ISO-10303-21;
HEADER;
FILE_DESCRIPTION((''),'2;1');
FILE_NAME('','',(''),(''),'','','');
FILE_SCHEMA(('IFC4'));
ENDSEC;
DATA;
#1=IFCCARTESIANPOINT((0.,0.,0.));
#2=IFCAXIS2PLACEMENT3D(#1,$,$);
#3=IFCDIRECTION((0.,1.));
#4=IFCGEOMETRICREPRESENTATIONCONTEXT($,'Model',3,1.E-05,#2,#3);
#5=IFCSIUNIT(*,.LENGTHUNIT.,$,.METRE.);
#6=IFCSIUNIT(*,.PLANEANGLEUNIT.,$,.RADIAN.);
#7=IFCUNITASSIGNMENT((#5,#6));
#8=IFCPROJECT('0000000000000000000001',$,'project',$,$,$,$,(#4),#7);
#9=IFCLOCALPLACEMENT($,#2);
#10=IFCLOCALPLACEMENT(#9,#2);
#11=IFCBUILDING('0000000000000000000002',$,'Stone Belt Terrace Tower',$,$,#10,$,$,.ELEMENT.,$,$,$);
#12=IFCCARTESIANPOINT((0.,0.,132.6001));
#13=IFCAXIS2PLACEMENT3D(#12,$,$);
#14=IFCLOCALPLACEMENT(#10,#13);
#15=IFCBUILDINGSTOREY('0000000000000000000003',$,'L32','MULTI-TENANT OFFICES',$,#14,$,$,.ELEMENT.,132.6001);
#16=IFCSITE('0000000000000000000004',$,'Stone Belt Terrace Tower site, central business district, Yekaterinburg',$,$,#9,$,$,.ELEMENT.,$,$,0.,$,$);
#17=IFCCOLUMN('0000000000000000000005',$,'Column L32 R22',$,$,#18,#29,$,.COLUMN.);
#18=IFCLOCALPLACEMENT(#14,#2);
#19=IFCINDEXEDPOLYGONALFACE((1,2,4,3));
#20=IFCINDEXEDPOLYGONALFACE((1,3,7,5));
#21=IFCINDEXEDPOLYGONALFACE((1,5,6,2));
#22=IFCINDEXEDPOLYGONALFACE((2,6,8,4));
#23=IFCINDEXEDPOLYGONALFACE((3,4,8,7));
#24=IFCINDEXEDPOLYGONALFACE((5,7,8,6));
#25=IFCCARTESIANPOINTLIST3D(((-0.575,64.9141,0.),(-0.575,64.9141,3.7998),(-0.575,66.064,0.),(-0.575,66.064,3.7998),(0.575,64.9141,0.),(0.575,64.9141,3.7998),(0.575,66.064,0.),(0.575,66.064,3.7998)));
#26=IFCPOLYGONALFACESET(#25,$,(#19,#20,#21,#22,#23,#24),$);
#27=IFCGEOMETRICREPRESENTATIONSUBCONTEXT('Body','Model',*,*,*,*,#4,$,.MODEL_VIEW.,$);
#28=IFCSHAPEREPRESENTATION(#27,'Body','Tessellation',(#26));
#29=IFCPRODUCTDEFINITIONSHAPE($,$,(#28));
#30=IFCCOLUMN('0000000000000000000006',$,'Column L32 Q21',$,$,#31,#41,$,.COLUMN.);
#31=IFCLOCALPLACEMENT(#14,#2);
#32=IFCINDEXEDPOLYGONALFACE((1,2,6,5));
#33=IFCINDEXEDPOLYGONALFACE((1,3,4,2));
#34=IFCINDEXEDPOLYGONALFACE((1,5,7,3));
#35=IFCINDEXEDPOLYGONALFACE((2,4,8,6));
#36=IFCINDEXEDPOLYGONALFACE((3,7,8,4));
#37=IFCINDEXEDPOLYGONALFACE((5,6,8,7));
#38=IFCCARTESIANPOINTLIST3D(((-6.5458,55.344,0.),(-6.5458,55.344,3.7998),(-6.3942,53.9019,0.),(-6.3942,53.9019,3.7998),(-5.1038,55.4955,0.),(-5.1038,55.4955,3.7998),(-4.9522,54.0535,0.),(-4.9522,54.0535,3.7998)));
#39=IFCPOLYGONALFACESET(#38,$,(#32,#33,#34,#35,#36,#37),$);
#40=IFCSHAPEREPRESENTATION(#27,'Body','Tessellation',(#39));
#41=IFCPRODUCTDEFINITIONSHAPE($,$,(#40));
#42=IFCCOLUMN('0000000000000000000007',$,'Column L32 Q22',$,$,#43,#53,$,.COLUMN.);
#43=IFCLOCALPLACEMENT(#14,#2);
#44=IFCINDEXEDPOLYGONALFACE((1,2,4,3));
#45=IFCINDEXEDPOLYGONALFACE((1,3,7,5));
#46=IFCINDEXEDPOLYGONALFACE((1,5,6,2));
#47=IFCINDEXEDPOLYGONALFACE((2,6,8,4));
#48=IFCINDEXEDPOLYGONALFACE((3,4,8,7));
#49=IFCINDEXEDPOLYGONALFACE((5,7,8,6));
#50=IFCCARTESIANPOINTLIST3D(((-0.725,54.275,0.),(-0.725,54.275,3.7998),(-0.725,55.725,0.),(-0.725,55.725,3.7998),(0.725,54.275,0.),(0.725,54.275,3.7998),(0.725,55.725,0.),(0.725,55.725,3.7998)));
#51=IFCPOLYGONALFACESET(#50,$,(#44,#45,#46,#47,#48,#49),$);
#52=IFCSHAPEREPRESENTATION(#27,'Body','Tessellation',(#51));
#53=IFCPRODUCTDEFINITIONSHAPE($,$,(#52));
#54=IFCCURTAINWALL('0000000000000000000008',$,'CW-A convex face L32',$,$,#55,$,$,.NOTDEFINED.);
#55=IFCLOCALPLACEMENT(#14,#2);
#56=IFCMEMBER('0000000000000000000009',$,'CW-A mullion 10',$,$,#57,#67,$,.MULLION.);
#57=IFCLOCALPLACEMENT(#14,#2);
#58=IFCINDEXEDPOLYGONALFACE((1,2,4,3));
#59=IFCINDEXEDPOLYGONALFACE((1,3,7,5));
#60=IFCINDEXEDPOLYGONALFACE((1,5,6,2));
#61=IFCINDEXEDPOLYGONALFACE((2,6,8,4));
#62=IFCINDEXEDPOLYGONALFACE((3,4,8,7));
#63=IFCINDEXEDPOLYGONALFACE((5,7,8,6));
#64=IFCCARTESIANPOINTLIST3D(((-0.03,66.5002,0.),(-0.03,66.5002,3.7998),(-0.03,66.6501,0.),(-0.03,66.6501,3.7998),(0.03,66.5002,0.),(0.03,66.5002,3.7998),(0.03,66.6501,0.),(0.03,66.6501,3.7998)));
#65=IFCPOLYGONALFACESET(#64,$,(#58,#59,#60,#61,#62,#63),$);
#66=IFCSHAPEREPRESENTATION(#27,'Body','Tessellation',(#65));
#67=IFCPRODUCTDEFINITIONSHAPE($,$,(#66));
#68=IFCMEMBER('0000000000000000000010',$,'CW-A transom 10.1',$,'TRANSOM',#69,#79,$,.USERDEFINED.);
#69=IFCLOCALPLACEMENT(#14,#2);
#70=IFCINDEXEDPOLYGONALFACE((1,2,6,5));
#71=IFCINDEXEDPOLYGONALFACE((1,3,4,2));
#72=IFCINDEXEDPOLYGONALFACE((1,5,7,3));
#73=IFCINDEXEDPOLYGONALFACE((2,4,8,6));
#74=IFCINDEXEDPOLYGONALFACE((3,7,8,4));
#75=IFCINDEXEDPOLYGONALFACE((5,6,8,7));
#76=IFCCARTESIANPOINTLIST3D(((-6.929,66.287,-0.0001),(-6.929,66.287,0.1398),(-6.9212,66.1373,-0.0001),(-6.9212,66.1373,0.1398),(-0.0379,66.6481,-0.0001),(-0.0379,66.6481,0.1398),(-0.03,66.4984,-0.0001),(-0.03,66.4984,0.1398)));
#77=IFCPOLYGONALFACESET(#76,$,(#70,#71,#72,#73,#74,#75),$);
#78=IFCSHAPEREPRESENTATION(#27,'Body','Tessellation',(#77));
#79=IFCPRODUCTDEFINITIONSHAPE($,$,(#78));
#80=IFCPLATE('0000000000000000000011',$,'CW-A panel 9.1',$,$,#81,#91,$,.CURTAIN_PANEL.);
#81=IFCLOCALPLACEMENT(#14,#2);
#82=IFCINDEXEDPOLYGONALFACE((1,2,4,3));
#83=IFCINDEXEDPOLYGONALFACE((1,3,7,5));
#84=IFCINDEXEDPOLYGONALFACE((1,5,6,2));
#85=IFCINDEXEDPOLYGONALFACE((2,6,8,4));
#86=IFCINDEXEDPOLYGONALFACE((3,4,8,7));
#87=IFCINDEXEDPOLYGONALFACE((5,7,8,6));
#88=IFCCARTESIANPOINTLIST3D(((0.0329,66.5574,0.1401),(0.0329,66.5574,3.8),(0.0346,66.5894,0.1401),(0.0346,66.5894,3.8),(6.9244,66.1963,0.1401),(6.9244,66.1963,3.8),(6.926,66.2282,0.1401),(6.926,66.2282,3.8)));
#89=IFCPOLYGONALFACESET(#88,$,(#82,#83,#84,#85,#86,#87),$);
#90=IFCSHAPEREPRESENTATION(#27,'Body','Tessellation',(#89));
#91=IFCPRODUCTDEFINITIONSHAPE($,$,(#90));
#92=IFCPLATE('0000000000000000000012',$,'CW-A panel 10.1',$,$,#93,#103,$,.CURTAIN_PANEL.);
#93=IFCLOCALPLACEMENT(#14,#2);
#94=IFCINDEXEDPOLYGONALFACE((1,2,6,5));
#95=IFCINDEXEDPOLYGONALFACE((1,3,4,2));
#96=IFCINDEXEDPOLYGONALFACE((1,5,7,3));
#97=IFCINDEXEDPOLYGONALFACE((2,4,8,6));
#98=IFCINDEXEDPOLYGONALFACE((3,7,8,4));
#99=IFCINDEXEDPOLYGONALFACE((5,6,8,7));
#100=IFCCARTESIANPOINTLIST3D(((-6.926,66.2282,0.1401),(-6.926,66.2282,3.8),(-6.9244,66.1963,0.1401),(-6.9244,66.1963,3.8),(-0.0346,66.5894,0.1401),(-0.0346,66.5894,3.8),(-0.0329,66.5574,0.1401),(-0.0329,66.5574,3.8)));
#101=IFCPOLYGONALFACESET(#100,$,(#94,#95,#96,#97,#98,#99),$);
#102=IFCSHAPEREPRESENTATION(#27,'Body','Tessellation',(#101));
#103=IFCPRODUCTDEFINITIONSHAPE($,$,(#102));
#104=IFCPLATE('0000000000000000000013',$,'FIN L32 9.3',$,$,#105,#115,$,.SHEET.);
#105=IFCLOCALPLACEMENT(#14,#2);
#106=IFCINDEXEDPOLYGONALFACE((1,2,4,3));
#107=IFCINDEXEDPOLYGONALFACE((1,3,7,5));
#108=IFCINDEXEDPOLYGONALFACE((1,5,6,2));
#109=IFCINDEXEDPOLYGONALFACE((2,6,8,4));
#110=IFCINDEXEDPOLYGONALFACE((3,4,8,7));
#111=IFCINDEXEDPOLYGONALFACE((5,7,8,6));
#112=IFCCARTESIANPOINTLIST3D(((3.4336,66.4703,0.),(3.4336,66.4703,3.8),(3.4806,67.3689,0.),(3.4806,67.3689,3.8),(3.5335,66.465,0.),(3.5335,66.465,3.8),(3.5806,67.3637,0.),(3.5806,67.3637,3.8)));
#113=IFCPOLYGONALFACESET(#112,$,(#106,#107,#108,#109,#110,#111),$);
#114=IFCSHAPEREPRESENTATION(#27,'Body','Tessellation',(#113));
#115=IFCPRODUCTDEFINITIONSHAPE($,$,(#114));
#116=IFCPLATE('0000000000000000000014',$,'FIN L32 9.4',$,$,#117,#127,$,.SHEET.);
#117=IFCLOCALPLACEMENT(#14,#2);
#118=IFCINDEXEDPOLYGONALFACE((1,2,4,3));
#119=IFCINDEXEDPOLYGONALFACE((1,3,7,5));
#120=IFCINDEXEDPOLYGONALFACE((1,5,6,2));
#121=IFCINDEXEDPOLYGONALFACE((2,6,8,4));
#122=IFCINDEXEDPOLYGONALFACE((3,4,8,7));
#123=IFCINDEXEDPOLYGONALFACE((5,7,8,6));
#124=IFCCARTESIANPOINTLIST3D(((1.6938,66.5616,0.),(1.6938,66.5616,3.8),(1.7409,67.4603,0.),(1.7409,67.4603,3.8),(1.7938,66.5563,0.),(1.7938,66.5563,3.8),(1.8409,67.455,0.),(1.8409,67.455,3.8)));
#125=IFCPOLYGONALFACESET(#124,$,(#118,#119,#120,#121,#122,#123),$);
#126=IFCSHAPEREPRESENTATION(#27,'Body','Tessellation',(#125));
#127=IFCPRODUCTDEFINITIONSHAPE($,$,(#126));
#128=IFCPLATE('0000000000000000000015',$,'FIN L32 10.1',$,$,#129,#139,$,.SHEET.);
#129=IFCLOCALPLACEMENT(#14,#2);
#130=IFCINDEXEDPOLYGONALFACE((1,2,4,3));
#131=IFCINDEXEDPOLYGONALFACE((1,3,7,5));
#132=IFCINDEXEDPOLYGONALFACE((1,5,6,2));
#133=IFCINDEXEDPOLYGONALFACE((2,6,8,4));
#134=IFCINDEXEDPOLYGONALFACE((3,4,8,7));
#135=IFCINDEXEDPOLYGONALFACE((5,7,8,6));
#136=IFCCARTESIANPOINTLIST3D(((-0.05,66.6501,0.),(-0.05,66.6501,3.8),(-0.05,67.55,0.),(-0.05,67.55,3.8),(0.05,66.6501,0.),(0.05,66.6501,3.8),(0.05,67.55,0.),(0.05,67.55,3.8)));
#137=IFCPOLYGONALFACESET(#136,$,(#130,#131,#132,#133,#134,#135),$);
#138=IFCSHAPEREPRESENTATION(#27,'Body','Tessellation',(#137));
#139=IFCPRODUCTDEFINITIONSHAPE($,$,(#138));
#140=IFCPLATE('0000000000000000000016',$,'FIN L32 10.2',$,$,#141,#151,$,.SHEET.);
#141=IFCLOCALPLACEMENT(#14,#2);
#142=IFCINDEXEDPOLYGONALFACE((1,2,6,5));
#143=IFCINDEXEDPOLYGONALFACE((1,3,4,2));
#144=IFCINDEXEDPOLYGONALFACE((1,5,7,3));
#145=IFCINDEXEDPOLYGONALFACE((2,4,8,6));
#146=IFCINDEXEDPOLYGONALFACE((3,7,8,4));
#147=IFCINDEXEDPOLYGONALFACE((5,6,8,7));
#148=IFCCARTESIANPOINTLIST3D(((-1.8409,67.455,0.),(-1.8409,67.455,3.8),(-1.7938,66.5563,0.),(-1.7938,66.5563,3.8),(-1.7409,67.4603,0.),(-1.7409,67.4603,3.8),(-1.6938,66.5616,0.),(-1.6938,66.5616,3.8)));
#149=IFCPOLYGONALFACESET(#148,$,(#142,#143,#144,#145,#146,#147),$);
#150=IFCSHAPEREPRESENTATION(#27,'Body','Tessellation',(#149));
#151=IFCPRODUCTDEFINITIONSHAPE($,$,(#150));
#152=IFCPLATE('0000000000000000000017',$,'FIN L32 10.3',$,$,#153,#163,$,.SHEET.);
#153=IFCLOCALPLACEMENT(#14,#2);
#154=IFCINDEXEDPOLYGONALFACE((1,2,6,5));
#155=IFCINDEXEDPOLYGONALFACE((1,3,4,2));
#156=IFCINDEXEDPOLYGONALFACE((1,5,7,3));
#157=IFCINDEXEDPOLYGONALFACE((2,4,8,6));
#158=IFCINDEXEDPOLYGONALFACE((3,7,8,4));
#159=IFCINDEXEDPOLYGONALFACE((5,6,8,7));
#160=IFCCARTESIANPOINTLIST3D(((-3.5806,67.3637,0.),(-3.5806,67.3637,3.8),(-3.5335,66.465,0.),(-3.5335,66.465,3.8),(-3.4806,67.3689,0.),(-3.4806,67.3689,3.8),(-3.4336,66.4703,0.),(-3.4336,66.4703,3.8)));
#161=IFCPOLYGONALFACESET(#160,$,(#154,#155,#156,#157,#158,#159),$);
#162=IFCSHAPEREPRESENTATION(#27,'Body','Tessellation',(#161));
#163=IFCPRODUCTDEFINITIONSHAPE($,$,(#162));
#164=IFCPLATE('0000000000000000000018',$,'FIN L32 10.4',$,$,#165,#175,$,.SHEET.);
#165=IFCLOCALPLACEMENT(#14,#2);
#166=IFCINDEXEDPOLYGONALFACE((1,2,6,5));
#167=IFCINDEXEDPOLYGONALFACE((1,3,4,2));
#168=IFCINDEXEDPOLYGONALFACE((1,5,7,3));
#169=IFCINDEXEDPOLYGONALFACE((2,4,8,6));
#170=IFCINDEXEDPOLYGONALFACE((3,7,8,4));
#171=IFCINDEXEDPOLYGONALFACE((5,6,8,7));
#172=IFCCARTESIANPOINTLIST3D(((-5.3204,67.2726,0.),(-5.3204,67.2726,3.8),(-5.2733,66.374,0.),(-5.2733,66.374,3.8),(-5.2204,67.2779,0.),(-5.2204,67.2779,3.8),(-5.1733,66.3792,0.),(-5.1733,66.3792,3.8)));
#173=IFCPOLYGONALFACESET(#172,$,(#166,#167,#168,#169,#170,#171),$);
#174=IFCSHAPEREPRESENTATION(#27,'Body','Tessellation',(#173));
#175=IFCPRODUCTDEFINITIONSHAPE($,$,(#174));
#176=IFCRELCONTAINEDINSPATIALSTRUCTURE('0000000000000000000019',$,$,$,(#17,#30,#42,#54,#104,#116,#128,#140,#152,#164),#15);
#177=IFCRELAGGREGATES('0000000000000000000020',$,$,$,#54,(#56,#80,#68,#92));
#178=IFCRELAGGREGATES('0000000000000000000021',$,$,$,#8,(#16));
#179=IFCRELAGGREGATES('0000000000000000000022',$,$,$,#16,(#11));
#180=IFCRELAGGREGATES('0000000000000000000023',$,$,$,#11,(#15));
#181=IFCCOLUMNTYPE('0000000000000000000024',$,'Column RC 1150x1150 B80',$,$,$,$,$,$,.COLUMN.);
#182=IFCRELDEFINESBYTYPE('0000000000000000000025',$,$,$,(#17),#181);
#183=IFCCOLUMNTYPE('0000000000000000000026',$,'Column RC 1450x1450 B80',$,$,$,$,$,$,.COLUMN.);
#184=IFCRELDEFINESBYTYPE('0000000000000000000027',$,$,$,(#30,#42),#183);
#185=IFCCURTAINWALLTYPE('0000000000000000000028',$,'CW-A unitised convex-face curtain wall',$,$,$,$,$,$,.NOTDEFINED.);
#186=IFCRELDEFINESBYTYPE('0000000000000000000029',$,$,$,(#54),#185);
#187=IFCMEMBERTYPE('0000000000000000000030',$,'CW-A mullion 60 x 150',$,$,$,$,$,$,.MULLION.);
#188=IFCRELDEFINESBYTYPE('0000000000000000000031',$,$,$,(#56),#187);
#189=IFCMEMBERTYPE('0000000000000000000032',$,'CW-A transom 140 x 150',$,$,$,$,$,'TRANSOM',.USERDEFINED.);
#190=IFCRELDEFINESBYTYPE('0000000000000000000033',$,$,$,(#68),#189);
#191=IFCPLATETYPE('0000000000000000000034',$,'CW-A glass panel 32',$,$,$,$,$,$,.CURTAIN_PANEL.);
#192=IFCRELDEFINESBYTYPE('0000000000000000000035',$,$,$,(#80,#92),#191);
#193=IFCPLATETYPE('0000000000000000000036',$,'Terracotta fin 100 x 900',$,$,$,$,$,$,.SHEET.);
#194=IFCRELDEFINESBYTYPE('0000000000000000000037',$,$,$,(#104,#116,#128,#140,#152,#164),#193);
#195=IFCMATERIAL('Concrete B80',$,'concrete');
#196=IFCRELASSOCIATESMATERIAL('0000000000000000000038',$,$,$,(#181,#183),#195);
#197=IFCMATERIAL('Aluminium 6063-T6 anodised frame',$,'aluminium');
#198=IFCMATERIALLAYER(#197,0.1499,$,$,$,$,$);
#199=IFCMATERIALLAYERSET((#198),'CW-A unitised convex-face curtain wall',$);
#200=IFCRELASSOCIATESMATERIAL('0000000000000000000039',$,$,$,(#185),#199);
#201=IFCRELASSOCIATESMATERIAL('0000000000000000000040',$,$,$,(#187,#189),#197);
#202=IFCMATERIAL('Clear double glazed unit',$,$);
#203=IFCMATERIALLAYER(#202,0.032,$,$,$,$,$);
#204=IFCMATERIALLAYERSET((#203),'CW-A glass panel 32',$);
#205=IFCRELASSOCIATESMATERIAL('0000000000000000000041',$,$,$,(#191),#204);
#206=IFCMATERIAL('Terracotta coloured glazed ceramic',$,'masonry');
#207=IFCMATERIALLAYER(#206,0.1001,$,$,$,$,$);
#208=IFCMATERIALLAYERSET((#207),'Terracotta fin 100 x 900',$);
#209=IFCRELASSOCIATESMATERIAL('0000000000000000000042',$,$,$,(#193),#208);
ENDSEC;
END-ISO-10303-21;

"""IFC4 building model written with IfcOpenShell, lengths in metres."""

from ifc_helpers import new_model, si_unit, direction, frame, origin, origin_2d, place, context, subcontext, project, spatial, rectangle, extrude, material, layer, layer_set, material_profile, profile_set, type_object, element, aggregate, save


model = new_model("IFC4")

# Units and contexts
model_context = context("Model", 3, precision=1e-05, world=origin(), true_north=direction((0.0, 1.0)))
body_context = subcontext(model_context, "Body", "Model", "MODEL_VIEW")
ifc_project = project(units=[si_unit("LENGTHUNIT", "METRE"), si_unit("PLANEANGLEUNIT", "RADIAN")], contexts=[model_context])

# Site, building, storey
site_placement = place(None, origin())
site = spatial("IfcSite", under=ifc_project, at=site_placement, Name="Stone Belt Terrace Tower site, central business district, Yekaterinburg", CompositionType="ELEMENT", RefElevation=0.0)
building_placement = place(site_placement, origin())
building = spatial("IfcBuilding", under=site, at=building_placement, Name="Stone Belt Terrace Tower", CompositionType="ELEMENT")
storey_placement = place(building_placement, frame((0.0, 0.0, 132.6001)))
storey = spatial("IfcBuildingStorey", under=building, at=storey_placement, Name="L32", Description="MULTI-TENANT OFFICES", CompositionType="ELEMENT", Elevation=132.6001)

# Columns
ifc_material_1 = material(Name="Concrete B80", Category="concrete")
ifc_material_profile_1 = material_profile(ifc_material_1, rectangle(XDim=1.1499, YDim=1.1499, at=origin_2d()), Name="RC 1150x1150")
ifc_profile_set_1 = profile_set([ifc_material_profile_1], Name="Concrete B80")
column_type_1 = type_object("IfcColumnType", Name="Column RC 1150x1150 B80", PredefinedType="COLUMN", material=ifc_profile_set_1)
column_placement = place(storey_placement, frame((0.0, 65.489, 0.0), z_axis=(0.0, 0.0, 1.0), x_axis=(1.0, 0.0, 0.0)))
element("IfcColumn", 1, at=column_placement, inside=storey, type_object=column_type_1, Name="Column L32 R22", PredefinedType="COLUMN", context=body_context, shape_type="SweptSolid", body=[
    extrude(rectangle(XDim=1.1499, YDim=1.1499, at=origin_2d()), origin(), (0.0, 0.0, 1.0), 3.7998),
])
ifc_material_profile_2 = material_profile(ifc_material_1, rectangle(XDim=1.45, YDim=1.45, at=origin_2d()), Name="RC 1450x1450")
ifc_profile_set_2 = profile_set([ifc_material_profile_2], Name="Concrete B80")
column_type_2 = type_object("IfcColumnType", Name="Column RC 1450x1450 B80", PredefinedType="COLUMN", material=ifc_profile_set_2)
for number, where, z_axis, x_axis, name in (
    (2, (-5.749, 54.6987, 0.0), (0.0, 0.0, 1.0), (0.994522, 0.104528, 0.0), "Column L32 Q21"),
    (3, (0.0, 55.0, 0.0), (0.0, 0.0, 1.0), (1.0, 0.0, 0.0), "Column L32 Q22"),
):
    element("IfcColumn", number, at=place(storey_placement, frame(where, z_axis=z_axis, x_axis=x_axis)), inside=storey, type_object=column_type_2, Name=name, PredefinedType="COLUMN", context=body_context, shape_type="SweptSolid", body=[
        extrude(rectangle(XDim=1.45, YDim=1.45, at=origin_2d()), origin(), (0.0, 0.0, 1.0), 3.7998),
    ])

# Curtain wall, members, plates
ifc_material_2 = material(Name="Aluminium 6063-T6 anodised frame", Category="aluminium")
ifc_layer_1 = layer(ifc_material_2, 0.1499)
ifc_layer_set_1 = layer_set([ifc_layer_1], Name="CW-A unitised convex-face curtain wall")
curtain_wall_type = type_object("IfcCurtainWallType", Name="CW-A unitised convex-face curtain wall", PredefinedType="NOTDEFINED", material=ifc_layer_set_1)
curtain_wall_placement = place(storey_placement, origin())
curtain_wall = element("IfcCurtainWall", 4, at=curtain_wall_placement, inside=storey, type_object=curtain_wall_type, Name="CW-A convex face L32", PredefinedType="NOTDEFINED")
ifc_material_profile_3 = material_profile(ifc_material_2, rectangle(XDim=0.1499, YDim=0.0601, at=origin_2d()), Name="Aluminium 6063-T6 60x150")
ifc_profile_set_3 = profile_set([ifc_material_profile_3], Name="Aluminium 6063-T6 anodised frame")
member_type_1 = type_object("IfcMemberType", Name="CW-A mullion 60 x 150", PredefinedType="MULLION", material=ifc_profile_set_3)
member_1_placement = place(storey_placement, frame((0.0, 66.5752, 0.0), z_axis=(0.0, 0.0, 1.0), x_axis=(0.0, -1.0, 0.0)))
member_1 = element("IfcMember", 5, at=member_1_placement, type_object=member_type_1, Name="CW-A mullion 10", PredefinedType="MULLION", context=body_context, shape_type="SweptSolid", body=[
    extrude(rectangle(XDim=0.1499, YDim=0.0601, at=origin_2d()), origin(), (0.0, 0.0, 1.0), 3.7998),
])
ifc_material_profile_4 = material_profile(ifc_material_2, rectangle(XDim=0.1499, YDim=0.1399, at=origin_2d()), Name="Aluminium 6063-T6 150x140")
ifc_profile_set_4 = profile_set([ifc_material_profile_4], Name="Aluminium 6063-T6 anodised frame")
member_type_2 = type_object("IfcMemberType", Name="CW-A transom 140 x 150", ElementType="TRANSOM", PredefinedType="USERDEFINED", material=ifc_profile_set_4)
member_2_placement = place(storey_placement, frame((-0.0339, 66.5732, 0.0698), z_axis=(-0.99863, -0.052327, 0.0), x_axis=(0.052327, -0.99863, 0.0)))
member_2 = element("IfcMember", 6, at=member_2_placement, type_object=member_type_2, Name="CW-A transom 10.1", ObjectType="TRANSOM", PredefinedType="USERDEFINED", context=body_context, shape_type="SweptSolid", body=[
    extrude(rectangle(XDim=0.1499, YDim=0.1399, at=origin_2d()), origin(), (0.0, 0.0, 1.0), 6.9006),
])
ifc_material_3 = material(Name="Clear double glazed unit")
ifc_layer_2 = layer(ifc_material_3, 0.032)
ifc_layer_set_2 = layer_set([ifc_layer_2], Name="CW-A glass panel 32")
plate_type_1 = type_object("IfcPlateType", Name="CW-A glass panel 32", PredefinedType="CURTAIN_PANEL", material=ifc_layer_set_2)
plate_1_placement = place(storey_placement, frame((3.4795, 66.3928, 0.1401), z_axis=(0.0, 0.0, 1.0), x_axis=(-0.99863, 0.052336, 0.0)))
plate_1 = element("IfcPlate", 7, at=plate_1_placement, type_object=plate_type_1, Name="CW-A panel 9.1", PredefinedType="CURTAIN_PANEL", context=body_context, shape_type="SweptSolid", body=[
    extrude(rectangle(XDim=6.9009, YDim=0.032, at=origin_2d()), origin(), (0.0, 0.0, 1.0), 3.6599),
])
plate_2_placement = place(storey_placement, frame((-3.4795, 66.3928, 0.1401), z_axis=(0.0, 0.0, 1.0), x_axis=(-0.99863, -0.052336, 0.0)))
plate_2 = element("IfcPlate", 8, at=plate_2_placement, type_object=plate_type_1, Name="CW-A panel 10.1", PredefinedType="CURTAIN_PANEL", context=body_context, shape_type="SweptSolid", body=[
    extrude(rectangle(XDim=6.9009, YDim=0.032, at=origin_2d()), origin(), (0.0, 0.0, 1.0), 3.6599),
])
aggregate(curtain_wall, [member_1, plate_1, member_2, plate_2])

# Plates
ifc_material_4 = material(Name="Terracotta coloured glazed ceramic", Category="masonry")
ifc_layer_3 = layer(ifc_material_4, 0.1001)
ifc_layer_set_3 = layer_set([ifc_layer_3], Name="Terracotta fin 100 x 900")
plate_type_2 = type_object("IfcPlateType", Name="Terracotta fin 100 x 900", PredefinedType="SHEET", material=ifc_layer_set_3)
for number, where, z_axis, x_axis, name in (
    (9, (3.5071, 66.917, 0.0), (0.0, 0.0, 1.0), (0.052336, 0.99863, 0.0), "FIN L32 9.3"),
    (10, (1.7673, 67.0083, 0.0), (0.0, 0.0, 1.0), (0.052336, 0.99863, 0.0), "FIN L32 9.4"),
    (11, (0.0, 67.1001, 0.0), (0.0, 0.0, 1.0), (0.0, 1.0, 0.0), "FIN L32 10.1"),
    (12, (-1.7673, 67.0083, 0.0), (0.0, 0.0, 1.0), (-0.052336, 0.99863, 0.0), "FIN L32 10.2"),
    (13, (-3.5071, 66.917, 0.0), (0.0, 0.0, 1.0), (-0.052336, 0.99863, 0.0), "FIN L32 10.3"),
    (14, (-5.2468, 66.8259, 0.0), (0.0, 0.0, 1.0), (-0.052336, 0.99863, 0.0), "FIN L32 10.4"),
):
    element("IfcPlate", number, at=place(storey_placement, frame(where, z_axis=z_axis, x_axis=x_axis)), inside=storey, type_object=plate_type_2, Name=name, PredefinedType="SHEET", context=body_context, shape_type="SweptSolid", body=[
        extrude(rectangle(XDim=0.8999, YDim=0.1001, at=origin_2d()), origin(), (0.0, 0.0, 1.0), 3.8),
    ])

save(model, "model.ifc")
